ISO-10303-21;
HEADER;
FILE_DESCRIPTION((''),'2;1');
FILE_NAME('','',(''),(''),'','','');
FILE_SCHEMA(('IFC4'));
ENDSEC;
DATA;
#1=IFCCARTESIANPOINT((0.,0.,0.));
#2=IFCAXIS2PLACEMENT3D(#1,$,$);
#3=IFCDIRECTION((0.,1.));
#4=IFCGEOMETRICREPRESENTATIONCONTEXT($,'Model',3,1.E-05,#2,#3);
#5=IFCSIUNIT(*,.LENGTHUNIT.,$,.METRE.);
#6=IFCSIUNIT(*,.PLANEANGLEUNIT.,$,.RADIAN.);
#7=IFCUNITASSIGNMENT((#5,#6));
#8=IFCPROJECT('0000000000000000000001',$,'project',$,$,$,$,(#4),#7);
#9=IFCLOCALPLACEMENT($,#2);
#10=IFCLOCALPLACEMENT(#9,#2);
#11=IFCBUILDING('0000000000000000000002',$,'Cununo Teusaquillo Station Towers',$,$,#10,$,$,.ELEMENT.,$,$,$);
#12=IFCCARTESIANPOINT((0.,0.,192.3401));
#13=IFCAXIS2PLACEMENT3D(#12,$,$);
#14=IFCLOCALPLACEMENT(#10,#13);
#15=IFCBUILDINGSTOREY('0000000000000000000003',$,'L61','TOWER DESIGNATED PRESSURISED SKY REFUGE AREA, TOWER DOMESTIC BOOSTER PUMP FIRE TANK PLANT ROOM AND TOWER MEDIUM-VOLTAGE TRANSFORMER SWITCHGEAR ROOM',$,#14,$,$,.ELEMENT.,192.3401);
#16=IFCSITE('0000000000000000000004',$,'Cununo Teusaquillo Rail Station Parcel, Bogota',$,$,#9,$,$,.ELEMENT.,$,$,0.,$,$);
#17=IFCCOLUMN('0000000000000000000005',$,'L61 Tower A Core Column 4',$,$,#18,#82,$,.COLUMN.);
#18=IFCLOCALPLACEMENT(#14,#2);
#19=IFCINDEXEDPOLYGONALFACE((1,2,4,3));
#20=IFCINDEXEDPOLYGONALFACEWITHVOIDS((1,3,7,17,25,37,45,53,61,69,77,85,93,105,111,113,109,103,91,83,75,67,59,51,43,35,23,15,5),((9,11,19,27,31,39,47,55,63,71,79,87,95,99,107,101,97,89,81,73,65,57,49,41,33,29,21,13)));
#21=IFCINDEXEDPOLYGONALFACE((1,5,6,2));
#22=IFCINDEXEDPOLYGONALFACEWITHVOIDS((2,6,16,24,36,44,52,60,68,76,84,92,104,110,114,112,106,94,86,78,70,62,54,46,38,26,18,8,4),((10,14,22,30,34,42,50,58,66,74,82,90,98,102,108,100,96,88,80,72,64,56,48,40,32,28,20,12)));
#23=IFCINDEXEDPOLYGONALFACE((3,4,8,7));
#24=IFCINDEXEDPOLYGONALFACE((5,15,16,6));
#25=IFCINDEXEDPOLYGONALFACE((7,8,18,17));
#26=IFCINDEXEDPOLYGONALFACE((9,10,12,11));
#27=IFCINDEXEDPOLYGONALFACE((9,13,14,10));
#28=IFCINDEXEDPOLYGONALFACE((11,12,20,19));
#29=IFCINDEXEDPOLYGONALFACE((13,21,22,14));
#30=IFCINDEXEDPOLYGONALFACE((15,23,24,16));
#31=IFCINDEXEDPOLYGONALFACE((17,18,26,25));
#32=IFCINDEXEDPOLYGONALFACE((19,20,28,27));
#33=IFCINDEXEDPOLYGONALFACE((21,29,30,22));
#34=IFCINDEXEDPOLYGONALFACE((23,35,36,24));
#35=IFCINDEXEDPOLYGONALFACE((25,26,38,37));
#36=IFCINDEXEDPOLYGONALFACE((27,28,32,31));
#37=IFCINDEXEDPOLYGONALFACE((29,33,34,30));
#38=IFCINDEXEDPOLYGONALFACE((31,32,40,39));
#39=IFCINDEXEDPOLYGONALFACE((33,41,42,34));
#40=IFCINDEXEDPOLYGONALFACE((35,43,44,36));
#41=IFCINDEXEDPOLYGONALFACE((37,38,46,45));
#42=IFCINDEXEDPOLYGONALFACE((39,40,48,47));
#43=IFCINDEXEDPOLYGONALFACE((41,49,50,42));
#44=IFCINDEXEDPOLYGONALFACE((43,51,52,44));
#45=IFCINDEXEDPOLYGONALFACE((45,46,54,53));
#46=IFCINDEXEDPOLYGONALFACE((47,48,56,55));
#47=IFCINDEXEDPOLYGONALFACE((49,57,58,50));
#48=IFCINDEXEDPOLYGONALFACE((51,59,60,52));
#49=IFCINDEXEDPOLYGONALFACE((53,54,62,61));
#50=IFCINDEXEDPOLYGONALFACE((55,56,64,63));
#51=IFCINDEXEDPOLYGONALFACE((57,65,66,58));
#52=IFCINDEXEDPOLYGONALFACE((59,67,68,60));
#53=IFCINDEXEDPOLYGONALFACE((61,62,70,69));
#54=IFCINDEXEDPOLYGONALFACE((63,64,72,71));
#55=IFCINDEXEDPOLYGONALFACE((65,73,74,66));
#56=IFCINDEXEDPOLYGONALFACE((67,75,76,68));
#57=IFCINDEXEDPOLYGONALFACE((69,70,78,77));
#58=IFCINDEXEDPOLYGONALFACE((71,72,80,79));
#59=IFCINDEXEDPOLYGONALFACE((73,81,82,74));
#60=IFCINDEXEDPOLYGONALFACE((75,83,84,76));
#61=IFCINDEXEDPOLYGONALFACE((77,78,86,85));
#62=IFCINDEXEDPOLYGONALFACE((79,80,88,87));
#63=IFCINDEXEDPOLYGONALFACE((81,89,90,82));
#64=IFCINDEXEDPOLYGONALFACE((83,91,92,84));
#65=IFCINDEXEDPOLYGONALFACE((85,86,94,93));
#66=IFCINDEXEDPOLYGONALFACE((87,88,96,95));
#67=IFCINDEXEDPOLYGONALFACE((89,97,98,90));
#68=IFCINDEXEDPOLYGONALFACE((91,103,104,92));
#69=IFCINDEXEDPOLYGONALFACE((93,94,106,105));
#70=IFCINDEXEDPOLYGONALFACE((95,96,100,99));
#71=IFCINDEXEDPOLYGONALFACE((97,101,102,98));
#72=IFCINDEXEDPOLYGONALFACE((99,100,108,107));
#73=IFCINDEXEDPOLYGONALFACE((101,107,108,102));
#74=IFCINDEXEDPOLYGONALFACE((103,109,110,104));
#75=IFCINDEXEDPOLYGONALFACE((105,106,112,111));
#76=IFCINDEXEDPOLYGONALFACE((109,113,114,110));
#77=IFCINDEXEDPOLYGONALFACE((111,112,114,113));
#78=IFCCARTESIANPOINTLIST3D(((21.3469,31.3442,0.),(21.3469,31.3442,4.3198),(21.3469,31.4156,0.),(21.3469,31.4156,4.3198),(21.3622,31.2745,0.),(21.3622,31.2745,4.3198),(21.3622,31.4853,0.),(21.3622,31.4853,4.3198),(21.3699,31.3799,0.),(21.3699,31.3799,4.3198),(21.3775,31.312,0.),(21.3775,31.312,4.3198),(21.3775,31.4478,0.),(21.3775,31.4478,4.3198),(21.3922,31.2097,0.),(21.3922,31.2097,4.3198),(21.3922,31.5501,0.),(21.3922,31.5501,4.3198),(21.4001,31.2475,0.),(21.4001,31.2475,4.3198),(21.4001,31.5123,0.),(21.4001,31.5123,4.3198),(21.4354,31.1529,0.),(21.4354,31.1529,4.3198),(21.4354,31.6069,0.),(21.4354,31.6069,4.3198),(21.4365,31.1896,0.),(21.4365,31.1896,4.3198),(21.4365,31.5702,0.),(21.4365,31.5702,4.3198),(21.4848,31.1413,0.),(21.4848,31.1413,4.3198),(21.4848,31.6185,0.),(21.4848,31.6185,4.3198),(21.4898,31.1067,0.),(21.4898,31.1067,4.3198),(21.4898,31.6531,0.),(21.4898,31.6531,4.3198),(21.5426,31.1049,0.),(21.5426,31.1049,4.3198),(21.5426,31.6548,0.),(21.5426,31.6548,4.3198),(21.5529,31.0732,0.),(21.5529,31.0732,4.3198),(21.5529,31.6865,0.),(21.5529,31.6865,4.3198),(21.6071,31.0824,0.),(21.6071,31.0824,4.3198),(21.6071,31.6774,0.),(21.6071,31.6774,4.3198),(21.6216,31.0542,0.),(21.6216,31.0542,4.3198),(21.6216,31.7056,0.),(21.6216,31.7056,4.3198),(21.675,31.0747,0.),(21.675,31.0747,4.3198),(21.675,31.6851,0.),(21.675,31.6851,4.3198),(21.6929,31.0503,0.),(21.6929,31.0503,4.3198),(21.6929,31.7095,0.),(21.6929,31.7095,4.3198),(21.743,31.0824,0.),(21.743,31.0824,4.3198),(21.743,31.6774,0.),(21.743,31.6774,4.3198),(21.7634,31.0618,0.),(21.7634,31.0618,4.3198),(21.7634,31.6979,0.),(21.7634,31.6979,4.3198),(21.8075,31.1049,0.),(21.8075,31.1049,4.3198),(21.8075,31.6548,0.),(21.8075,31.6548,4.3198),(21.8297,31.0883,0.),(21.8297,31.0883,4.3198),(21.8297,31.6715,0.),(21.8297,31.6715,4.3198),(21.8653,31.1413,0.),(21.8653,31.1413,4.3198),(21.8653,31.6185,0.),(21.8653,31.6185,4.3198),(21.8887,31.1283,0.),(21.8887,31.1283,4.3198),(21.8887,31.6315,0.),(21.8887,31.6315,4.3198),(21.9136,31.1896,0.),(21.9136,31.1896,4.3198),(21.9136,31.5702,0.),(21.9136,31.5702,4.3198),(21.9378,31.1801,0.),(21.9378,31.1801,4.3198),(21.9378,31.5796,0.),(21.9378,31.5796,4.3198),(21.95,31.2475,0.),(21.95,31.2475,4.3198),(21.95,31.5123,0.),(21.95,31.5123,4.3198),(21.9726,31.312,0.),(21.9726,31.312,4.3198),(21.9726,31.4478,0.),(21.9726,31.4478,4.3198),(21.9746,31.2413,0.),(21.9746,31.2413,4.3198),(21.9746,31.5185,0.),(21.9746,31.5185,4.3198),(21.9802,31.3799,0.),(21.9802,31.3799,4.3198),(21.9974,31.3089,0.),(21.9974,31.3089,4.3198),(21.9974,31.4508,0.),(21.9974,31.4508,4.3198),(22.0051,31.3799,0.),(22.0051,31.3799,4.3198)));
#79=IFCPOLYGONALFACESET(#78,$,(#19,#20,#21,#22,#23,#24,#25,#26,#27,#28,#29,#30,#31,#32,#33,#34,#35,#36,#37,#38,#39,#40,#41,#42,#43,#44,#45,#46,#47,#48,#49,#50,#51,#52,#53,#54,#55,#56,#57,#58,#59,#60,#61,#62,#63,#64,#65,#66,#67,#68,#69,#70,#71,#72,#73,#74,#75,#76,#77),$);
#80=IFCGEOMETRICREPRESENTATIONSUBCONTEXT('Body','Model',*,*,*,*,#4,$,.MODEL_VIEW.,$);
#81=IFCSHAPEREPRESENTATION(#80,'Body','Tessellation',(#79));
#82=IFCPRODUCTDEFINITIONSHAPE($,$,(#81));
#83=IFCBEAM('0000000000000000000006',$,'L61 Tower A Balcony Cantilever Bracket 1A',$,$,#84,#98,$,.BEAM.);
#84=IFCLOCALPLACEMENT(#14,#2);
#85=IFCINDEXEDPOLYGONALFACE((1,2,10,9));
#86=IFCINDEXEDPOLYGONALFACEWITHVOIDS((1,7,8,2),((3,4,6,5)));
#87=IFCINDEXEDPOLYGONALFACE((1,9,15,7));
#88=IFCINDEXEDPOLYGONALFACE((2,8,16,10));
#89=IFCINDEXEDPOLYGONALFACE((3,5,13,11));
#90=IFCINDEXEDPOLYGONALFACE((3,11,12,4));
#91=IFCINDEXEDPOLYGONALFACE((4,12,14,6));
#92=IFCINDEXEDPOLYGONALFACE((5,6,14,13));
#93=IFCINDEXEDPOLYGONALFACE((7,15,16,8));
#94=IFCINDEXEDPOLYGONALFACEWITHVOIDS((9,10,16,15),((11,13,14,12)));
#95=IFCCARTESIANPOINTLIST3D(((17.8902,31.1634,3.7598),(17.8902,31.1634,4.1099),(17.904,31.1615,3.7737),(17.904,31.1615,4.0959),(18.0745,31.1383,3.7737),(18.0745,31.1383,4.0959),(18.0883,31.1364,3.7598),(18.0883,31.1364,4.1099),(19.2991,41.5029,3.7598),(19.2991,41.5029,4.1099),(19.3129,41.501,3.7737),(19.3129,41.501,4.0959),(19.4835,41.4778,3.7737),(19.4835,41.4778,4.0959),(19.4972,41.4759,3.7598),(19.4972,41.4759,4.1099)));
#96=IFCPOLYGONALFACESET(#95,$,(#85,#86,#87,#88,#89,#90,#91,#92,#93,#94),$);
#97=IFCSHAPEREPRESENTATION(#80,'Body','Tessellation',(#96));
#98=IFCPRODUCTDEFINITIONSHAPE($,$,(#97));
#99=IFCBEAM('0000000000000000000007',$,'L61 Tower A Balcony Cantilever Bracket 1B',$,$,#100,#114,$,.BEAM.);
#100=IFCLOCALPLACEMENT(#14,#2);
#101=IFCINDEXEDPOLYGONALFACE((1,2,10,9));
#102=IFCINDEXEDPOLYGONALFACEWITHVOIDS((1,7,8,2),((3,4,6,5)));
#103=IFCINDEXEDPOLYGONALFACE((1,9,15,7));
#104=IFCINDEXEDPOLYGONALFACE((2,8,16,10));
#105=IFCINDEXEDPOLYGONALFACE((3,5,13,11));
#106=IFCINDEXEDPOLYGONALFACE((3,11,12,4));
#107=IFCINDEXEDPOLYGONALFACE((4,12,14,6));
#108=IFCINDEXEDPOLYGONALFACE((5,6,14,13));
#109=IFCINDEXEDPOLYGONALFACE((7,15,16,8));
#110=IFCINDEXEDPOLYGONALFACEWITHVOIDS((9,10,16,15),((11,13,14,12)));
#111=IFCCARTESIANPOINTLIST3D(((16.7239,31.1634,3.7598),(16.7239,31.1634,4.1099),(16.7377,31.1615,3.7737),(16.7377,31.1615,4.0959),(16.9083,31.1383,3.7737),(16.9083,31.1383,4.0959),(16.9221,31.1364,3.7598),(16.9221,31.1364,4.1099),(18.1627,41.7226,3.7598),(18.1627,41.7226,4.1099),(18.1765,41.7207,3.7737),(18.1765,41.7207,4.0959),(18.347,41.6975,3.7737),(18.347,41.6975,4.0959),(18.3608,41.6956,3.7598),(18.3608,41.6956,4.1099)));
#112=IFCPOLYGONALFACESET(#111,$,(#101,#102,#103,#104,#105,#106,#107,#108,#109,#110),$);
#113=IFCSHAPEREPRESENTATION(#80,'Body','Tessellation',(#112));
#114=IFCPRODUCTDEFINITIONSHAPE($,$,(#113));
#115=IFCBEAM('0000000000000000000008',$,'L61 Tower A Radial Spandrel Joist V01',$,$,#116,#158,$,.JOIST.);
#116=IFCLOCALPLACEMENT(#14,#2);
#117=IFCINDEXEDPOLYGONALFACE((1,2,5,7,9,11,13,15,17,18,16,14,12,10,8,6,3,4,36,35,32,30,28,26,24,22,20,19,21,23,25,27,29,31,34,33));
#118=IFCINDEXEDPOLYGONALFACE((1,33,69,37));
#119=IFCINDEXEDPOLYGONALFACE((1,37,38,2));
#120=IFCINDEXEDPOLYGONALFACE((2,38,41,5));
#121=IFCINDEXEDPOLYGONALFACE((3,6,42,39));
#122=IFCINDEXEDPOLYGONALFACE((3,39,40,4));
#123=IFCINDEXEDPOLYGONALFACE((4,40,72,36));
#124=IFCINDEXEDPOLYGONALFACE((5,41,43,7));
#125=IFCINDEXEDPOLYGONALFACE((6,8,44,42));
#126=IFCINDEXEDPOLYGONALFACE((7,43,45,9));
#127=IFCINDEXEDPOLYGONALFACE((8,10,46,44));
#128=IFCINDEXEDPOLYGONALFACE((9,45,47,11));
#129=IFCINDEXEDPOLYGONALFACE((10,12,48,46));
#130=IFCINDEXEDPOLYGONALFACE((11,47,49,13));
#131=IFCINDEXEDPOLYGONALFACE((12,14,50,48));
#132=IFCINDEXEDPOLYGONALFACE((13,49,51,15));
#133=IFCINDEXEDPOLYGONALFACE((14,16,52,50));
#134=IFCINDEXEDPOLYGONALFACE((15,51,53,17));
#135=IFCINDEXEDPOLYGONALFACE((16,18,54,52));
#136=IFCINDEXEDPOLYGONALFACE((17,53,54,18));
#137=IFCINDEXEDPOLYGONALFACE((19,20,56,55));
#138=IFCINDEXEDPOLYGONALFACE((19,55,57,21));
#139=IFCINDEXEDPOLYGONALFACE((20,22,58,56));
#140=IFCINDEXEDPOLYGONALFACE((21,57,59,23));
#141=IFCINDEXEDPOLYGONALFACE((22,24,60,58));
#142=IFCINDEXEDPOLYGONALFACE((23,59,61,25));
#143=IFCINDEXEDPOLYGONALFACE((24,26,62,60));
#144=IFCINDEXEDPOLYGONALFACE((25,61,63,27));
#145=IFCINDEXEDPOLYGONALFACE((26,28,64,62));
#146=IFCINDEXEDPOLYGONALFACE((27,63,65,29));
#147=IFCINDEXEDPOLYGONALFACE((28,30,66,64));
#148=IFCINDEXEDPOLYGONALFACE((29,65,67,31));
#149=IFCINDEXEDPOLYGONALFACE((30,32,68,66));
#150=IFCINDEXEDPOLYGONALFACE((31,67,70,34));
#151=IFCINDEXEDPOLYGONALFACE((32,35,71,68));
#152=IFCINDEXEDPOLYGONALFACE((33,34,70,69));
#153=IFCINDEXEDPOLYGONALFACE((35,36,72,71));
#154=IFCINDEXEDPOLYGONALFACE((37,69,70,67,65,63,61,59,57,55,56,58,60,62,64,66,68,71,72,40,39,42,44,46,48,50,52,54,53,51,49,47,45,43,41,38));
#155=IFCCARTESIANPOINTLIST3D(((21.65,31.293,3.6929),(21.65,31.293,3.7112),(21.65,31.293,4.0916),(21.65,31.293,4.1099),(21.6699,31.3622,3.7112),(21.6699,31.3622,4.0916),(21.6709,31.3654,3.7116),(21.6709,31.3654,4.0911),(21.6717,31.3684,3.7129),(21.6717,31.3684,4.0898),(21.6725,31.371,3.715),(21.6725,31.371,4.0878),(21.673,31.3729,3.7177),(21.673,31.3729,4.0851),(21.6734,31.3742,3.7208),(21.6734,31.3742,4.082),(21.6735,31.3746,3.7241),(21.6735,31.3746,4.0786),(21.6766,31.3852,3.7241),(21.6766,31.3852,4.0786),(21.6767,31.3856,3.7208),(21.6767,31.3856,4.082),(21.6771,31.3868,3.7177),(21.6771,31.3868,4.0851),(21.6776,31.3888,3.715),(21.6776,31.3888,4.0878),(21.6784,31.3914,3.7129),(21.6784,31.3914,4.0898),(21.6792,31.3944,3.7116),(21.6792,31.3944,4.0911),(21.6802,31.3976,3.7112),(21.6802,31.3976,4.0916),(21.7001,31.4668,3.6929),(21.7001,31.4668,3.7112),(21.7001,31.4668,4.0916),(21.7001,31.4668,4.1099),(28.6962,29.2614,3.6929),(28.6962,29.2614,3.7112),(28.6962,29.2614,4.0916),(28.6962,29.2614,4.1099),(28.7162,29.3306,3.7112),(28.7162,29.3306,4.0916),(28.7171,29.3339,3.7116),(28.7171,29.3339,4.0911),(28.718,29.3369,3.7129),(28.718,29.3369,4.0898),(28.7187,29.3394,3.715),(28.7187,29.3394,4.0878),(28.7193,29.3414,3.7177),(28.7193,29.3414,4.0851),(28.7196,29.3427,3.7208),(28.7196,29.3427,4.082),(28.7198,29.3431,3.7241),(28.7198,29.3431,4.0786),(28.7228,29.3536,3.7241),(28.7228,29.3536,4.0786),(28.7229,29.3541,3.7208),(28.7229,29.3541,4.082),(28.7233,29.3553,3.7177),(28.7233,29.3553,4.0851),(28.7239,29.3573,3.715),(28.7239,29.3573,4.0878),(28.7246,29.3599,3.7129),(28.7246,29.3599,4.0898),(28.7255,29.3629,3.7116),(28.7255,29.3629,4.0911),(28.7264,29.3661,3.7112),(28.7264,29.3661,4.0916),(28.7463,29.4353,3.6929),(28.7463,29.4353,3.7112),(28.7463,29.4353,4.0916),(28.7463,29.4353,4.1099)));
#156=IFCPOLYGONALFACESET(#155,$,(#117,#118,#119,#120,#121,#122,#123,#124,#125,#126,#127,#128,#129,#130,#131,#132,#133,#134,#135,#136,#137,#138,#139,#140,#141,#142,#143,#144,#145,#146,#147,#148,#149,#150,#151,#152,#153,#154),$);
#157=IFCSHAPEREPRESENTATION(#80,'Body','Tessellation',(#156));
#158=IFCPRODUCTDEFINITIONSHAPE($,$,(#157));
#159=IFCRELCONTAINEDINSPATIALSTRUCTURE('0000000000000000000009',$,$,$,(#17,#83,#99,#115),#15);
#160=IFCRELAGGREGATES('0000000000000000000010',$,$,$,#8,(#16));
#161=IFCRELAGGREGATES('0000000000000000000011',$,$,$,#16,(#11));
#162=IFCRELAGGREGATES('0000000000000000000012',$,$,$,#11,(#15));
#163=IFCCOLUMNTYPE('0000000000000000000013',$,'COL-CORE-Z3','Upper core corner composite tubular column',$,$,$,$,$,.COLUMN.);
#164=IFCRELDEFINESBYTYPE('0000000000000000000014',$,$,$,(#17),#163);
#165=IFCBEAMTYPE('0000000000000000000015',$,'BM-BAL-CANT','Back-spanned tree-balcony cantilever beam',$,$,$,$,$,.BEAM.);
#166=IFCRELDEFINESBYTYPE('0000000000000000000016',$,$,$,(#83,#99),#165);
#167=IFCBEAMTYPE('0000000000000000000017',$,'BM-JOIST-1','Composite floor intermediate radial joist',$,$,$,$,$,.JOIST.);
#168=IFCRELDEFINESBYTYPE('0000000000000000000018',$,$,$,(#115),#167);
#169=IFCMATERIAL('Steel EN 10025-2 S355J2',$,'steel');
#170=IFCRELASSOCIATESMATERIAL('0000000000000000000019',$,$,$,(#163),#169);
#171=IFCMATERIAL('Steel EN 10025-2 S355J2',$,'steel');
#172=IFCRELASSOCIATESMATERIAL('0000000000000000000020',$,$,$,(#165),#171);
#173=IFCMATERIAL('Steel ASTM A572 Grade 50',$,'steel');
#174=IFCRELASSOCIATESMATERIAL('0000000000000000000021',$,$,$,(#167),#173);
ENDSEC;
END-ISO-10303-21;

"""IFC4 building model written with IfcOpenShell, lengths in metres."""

from ifc_helpers import new_model, si_unit, direction, frame, origin, origin_2d, place, context, subcontext, project, spatial, hollow_rectangle, hollow_circle, i_section, extrude, material, material_profile, profile_set, type_object, element, save


model = new_model("IFC4")

# Units and contexts
model_context = context("Model", 3, precision=1e-05, world=origin(), true_north=direction((0.0, 1.0)))
body_context = subcontext(model_context, "Body", "Model", "MODEL_VIEW")
ifc_project = project(units=[si_unit("LENGTHUNIT", "METRE"), si_unit("PLANEANGLEUNIT", "RADIAN")], contexts=[model_context])

# Site, building, storey
site_placement = place(None, origin())
site = spatial("IfcSite", under=ifc_project, at=site_placement, Name="Cununo Teusaquillo Rail Station Parcel, Bogota", CompositionType="ELEMENT", RefElevation=0.0)
building_placement = place(site_placement, origin())
building = spatial("IfcBuilding", under=site, at=building_placement, Name="Cununo Teusaquillo Station Towers", CompositionType="ELEMENT")
storey_placement = place(building_placement, frame((0.0, 0.0, 192.3401)))
storey = spatial("IfcBuildingStorey", under=building, at=storey_placement, Name="L61", Description="TOWER DESIGNATED PRESSURISED SKY REFUGE AREA, TOWER DOMESTIC BOOSTER PUMP FIRE TANK PLANT ROOM AND TOWER MEDIUM-VOLTAGE TRANSFORMER SWITCHGEAR ROOM", CompositionType="ELEMENT", Elevation=192.3401)

# Column
ifc_material_1 = material(Name="Steel EN 10025-2 S355J2", Category="steel")
ifc_material_profile_1 = material_profile(ifc_material_1, hollow_circle(Radius=0.3301, WallThickness=0.0249, at=origin_2d()), Name="CHS 660x25")
ifc_profile_set_1 = profile_set([ifc_material_profile_1], Name="Steel EN 10025-2 S355J2")
column_type = type_object("IfcColumnType", Name="COL-CORE-Z3", Description="Upper core corner composite tubular column", PredefinedType="COLUMN", material=ifc_profile_set_1)
column_placement = place(storey_placement, frame((21.675, 31.3799, 0.0), z_axis=(0.0, 0.0, 1.0), x_axis=(1.0, 0.0, 0.0)))
element("IfcColumn", 1, at=column_placement, inside=storey, type_object=column_type, Name="L61 Tower A Core Column 4", PredefinedType="COLUMN", context=body_context, shape_type="SweptSolid", body=[
    extrude(hollow_circle(Radius=0.3301, WallThickness=0.0249, at=origin_2d()), origin(), (0.0, 0.0, 1.0), 4.3198),
])

# Beams
ifc_material_2 = material(Name="Steel EN 10025-2 S355J2", Category="steel")
ifc_material_profile_2 = material_profile(ifc_material_2, hollow_rectangle(XDim=0.2, YDim=0.3501, WallThickness=0.0139, at=origin_2d()), Name="RHS 350x200x14")
ifc_profile_set_2 = profile_set([ifc_material_profile_2], Name="Steel EN 10025-2 S355J2")
beam_type_1 = type_object("IfcBeamType", Name="BM-BAL-CANT", Description="Back-spanned tree-balcony cantilever beam", PredefinedType="BEAM", material=ifc_profile_set_2)
beam_1_placement = place(storey_placement, frame((17.9893, 31.1499, 3.9348), z_axis=(0.135018, 0.990843, 0.0), x_axis=(-0.990843, 0.135018, 0.0)))
element("IfcBeam", 2, at=beam_1_placement, inside=storey, type_object=beam_type_1, Name="L61 Tower A Balcony Cantilever Bracket 1A", PredefinedType="BEAM", context=body_context, shape_type="SweptSolid", body=[
    extrude(hollow_rectangle(XDim=0.2, YDim=0.3501, WallThickness=0.0139, at=origin_2d()), origin(), (0.0, 0.0, 1.0), 10.4351),
])
beam_2_placement = place(storey_placement, frame((16.823, 31.1499, 3.9348), z_axis=(0.135007, 0.990845, 0.0), x_axis=(-0.990845, 0.135007, 0.0)))
element("IfcBeam", 3, at=beam_2_placement, inside=storey, type_object=beam_type_1, Name="L61 Tower A Balcony Cantilever Bracket 1B", PredefinedType="BEAM", context=body_context, shape_type="SweptSolid", body=[
    extrude(hollow_rectangle(XDim=0.2, YDim=0.3501, WallThickness=0.0139, at=origin_2d()), origin(), (0.0, 0.0, 1.0), 10.6567),
])
ifc_material_3 = material(Name="Steel ASTM A572 Grade 50", Category="steel")
ifc_material_profile_3 = material_profile(ifc_material_3, i_section(OverallWidth=0.1809, OverallDepth=0.417, WebThickness=0.011, FlangeThickness=0.0183, FilletRadius=0.0129, at=origin_2d()), Name="W16X57")
ifc_profile_set_3 = profile_set([ifc_material_profile_3], Name="Steel ASTM A572 Grade 50")
beam_type_2 = type_object("IfcBeamType", Name="BM-JOIST-1", Description="Composite floor intermediate radial joist", PredefinedType="JOIST", material=ifc_profile_set_3)
beam_3_placement = place(storey_placement, frame((21.675, 31.3799, 3.9014), z_axis=(0.960862, -0.277029, 0.0), x_axis=(0.277029, 0.960862, 0.0)))
element("IfcBeam", 4, at=beam_3_placement, inside=storey, type_object=beam_type_2, Name="L61 Tower A Radial Spandrel Joist V01", PredefinedType="JOIST", context=body_context, shape_type="SweptSolid", body=[
    extrude(i_section(OverallWidth=0.1809, OverallDepth=0.417, WebThickness=0.011, FlangeThickness=0.0183, FilletRadius=0.0129, at=origin_2d()), origin(), (0.0, 0.0, 1.0), 7.3333),
])

save(model, "model.ifc")
